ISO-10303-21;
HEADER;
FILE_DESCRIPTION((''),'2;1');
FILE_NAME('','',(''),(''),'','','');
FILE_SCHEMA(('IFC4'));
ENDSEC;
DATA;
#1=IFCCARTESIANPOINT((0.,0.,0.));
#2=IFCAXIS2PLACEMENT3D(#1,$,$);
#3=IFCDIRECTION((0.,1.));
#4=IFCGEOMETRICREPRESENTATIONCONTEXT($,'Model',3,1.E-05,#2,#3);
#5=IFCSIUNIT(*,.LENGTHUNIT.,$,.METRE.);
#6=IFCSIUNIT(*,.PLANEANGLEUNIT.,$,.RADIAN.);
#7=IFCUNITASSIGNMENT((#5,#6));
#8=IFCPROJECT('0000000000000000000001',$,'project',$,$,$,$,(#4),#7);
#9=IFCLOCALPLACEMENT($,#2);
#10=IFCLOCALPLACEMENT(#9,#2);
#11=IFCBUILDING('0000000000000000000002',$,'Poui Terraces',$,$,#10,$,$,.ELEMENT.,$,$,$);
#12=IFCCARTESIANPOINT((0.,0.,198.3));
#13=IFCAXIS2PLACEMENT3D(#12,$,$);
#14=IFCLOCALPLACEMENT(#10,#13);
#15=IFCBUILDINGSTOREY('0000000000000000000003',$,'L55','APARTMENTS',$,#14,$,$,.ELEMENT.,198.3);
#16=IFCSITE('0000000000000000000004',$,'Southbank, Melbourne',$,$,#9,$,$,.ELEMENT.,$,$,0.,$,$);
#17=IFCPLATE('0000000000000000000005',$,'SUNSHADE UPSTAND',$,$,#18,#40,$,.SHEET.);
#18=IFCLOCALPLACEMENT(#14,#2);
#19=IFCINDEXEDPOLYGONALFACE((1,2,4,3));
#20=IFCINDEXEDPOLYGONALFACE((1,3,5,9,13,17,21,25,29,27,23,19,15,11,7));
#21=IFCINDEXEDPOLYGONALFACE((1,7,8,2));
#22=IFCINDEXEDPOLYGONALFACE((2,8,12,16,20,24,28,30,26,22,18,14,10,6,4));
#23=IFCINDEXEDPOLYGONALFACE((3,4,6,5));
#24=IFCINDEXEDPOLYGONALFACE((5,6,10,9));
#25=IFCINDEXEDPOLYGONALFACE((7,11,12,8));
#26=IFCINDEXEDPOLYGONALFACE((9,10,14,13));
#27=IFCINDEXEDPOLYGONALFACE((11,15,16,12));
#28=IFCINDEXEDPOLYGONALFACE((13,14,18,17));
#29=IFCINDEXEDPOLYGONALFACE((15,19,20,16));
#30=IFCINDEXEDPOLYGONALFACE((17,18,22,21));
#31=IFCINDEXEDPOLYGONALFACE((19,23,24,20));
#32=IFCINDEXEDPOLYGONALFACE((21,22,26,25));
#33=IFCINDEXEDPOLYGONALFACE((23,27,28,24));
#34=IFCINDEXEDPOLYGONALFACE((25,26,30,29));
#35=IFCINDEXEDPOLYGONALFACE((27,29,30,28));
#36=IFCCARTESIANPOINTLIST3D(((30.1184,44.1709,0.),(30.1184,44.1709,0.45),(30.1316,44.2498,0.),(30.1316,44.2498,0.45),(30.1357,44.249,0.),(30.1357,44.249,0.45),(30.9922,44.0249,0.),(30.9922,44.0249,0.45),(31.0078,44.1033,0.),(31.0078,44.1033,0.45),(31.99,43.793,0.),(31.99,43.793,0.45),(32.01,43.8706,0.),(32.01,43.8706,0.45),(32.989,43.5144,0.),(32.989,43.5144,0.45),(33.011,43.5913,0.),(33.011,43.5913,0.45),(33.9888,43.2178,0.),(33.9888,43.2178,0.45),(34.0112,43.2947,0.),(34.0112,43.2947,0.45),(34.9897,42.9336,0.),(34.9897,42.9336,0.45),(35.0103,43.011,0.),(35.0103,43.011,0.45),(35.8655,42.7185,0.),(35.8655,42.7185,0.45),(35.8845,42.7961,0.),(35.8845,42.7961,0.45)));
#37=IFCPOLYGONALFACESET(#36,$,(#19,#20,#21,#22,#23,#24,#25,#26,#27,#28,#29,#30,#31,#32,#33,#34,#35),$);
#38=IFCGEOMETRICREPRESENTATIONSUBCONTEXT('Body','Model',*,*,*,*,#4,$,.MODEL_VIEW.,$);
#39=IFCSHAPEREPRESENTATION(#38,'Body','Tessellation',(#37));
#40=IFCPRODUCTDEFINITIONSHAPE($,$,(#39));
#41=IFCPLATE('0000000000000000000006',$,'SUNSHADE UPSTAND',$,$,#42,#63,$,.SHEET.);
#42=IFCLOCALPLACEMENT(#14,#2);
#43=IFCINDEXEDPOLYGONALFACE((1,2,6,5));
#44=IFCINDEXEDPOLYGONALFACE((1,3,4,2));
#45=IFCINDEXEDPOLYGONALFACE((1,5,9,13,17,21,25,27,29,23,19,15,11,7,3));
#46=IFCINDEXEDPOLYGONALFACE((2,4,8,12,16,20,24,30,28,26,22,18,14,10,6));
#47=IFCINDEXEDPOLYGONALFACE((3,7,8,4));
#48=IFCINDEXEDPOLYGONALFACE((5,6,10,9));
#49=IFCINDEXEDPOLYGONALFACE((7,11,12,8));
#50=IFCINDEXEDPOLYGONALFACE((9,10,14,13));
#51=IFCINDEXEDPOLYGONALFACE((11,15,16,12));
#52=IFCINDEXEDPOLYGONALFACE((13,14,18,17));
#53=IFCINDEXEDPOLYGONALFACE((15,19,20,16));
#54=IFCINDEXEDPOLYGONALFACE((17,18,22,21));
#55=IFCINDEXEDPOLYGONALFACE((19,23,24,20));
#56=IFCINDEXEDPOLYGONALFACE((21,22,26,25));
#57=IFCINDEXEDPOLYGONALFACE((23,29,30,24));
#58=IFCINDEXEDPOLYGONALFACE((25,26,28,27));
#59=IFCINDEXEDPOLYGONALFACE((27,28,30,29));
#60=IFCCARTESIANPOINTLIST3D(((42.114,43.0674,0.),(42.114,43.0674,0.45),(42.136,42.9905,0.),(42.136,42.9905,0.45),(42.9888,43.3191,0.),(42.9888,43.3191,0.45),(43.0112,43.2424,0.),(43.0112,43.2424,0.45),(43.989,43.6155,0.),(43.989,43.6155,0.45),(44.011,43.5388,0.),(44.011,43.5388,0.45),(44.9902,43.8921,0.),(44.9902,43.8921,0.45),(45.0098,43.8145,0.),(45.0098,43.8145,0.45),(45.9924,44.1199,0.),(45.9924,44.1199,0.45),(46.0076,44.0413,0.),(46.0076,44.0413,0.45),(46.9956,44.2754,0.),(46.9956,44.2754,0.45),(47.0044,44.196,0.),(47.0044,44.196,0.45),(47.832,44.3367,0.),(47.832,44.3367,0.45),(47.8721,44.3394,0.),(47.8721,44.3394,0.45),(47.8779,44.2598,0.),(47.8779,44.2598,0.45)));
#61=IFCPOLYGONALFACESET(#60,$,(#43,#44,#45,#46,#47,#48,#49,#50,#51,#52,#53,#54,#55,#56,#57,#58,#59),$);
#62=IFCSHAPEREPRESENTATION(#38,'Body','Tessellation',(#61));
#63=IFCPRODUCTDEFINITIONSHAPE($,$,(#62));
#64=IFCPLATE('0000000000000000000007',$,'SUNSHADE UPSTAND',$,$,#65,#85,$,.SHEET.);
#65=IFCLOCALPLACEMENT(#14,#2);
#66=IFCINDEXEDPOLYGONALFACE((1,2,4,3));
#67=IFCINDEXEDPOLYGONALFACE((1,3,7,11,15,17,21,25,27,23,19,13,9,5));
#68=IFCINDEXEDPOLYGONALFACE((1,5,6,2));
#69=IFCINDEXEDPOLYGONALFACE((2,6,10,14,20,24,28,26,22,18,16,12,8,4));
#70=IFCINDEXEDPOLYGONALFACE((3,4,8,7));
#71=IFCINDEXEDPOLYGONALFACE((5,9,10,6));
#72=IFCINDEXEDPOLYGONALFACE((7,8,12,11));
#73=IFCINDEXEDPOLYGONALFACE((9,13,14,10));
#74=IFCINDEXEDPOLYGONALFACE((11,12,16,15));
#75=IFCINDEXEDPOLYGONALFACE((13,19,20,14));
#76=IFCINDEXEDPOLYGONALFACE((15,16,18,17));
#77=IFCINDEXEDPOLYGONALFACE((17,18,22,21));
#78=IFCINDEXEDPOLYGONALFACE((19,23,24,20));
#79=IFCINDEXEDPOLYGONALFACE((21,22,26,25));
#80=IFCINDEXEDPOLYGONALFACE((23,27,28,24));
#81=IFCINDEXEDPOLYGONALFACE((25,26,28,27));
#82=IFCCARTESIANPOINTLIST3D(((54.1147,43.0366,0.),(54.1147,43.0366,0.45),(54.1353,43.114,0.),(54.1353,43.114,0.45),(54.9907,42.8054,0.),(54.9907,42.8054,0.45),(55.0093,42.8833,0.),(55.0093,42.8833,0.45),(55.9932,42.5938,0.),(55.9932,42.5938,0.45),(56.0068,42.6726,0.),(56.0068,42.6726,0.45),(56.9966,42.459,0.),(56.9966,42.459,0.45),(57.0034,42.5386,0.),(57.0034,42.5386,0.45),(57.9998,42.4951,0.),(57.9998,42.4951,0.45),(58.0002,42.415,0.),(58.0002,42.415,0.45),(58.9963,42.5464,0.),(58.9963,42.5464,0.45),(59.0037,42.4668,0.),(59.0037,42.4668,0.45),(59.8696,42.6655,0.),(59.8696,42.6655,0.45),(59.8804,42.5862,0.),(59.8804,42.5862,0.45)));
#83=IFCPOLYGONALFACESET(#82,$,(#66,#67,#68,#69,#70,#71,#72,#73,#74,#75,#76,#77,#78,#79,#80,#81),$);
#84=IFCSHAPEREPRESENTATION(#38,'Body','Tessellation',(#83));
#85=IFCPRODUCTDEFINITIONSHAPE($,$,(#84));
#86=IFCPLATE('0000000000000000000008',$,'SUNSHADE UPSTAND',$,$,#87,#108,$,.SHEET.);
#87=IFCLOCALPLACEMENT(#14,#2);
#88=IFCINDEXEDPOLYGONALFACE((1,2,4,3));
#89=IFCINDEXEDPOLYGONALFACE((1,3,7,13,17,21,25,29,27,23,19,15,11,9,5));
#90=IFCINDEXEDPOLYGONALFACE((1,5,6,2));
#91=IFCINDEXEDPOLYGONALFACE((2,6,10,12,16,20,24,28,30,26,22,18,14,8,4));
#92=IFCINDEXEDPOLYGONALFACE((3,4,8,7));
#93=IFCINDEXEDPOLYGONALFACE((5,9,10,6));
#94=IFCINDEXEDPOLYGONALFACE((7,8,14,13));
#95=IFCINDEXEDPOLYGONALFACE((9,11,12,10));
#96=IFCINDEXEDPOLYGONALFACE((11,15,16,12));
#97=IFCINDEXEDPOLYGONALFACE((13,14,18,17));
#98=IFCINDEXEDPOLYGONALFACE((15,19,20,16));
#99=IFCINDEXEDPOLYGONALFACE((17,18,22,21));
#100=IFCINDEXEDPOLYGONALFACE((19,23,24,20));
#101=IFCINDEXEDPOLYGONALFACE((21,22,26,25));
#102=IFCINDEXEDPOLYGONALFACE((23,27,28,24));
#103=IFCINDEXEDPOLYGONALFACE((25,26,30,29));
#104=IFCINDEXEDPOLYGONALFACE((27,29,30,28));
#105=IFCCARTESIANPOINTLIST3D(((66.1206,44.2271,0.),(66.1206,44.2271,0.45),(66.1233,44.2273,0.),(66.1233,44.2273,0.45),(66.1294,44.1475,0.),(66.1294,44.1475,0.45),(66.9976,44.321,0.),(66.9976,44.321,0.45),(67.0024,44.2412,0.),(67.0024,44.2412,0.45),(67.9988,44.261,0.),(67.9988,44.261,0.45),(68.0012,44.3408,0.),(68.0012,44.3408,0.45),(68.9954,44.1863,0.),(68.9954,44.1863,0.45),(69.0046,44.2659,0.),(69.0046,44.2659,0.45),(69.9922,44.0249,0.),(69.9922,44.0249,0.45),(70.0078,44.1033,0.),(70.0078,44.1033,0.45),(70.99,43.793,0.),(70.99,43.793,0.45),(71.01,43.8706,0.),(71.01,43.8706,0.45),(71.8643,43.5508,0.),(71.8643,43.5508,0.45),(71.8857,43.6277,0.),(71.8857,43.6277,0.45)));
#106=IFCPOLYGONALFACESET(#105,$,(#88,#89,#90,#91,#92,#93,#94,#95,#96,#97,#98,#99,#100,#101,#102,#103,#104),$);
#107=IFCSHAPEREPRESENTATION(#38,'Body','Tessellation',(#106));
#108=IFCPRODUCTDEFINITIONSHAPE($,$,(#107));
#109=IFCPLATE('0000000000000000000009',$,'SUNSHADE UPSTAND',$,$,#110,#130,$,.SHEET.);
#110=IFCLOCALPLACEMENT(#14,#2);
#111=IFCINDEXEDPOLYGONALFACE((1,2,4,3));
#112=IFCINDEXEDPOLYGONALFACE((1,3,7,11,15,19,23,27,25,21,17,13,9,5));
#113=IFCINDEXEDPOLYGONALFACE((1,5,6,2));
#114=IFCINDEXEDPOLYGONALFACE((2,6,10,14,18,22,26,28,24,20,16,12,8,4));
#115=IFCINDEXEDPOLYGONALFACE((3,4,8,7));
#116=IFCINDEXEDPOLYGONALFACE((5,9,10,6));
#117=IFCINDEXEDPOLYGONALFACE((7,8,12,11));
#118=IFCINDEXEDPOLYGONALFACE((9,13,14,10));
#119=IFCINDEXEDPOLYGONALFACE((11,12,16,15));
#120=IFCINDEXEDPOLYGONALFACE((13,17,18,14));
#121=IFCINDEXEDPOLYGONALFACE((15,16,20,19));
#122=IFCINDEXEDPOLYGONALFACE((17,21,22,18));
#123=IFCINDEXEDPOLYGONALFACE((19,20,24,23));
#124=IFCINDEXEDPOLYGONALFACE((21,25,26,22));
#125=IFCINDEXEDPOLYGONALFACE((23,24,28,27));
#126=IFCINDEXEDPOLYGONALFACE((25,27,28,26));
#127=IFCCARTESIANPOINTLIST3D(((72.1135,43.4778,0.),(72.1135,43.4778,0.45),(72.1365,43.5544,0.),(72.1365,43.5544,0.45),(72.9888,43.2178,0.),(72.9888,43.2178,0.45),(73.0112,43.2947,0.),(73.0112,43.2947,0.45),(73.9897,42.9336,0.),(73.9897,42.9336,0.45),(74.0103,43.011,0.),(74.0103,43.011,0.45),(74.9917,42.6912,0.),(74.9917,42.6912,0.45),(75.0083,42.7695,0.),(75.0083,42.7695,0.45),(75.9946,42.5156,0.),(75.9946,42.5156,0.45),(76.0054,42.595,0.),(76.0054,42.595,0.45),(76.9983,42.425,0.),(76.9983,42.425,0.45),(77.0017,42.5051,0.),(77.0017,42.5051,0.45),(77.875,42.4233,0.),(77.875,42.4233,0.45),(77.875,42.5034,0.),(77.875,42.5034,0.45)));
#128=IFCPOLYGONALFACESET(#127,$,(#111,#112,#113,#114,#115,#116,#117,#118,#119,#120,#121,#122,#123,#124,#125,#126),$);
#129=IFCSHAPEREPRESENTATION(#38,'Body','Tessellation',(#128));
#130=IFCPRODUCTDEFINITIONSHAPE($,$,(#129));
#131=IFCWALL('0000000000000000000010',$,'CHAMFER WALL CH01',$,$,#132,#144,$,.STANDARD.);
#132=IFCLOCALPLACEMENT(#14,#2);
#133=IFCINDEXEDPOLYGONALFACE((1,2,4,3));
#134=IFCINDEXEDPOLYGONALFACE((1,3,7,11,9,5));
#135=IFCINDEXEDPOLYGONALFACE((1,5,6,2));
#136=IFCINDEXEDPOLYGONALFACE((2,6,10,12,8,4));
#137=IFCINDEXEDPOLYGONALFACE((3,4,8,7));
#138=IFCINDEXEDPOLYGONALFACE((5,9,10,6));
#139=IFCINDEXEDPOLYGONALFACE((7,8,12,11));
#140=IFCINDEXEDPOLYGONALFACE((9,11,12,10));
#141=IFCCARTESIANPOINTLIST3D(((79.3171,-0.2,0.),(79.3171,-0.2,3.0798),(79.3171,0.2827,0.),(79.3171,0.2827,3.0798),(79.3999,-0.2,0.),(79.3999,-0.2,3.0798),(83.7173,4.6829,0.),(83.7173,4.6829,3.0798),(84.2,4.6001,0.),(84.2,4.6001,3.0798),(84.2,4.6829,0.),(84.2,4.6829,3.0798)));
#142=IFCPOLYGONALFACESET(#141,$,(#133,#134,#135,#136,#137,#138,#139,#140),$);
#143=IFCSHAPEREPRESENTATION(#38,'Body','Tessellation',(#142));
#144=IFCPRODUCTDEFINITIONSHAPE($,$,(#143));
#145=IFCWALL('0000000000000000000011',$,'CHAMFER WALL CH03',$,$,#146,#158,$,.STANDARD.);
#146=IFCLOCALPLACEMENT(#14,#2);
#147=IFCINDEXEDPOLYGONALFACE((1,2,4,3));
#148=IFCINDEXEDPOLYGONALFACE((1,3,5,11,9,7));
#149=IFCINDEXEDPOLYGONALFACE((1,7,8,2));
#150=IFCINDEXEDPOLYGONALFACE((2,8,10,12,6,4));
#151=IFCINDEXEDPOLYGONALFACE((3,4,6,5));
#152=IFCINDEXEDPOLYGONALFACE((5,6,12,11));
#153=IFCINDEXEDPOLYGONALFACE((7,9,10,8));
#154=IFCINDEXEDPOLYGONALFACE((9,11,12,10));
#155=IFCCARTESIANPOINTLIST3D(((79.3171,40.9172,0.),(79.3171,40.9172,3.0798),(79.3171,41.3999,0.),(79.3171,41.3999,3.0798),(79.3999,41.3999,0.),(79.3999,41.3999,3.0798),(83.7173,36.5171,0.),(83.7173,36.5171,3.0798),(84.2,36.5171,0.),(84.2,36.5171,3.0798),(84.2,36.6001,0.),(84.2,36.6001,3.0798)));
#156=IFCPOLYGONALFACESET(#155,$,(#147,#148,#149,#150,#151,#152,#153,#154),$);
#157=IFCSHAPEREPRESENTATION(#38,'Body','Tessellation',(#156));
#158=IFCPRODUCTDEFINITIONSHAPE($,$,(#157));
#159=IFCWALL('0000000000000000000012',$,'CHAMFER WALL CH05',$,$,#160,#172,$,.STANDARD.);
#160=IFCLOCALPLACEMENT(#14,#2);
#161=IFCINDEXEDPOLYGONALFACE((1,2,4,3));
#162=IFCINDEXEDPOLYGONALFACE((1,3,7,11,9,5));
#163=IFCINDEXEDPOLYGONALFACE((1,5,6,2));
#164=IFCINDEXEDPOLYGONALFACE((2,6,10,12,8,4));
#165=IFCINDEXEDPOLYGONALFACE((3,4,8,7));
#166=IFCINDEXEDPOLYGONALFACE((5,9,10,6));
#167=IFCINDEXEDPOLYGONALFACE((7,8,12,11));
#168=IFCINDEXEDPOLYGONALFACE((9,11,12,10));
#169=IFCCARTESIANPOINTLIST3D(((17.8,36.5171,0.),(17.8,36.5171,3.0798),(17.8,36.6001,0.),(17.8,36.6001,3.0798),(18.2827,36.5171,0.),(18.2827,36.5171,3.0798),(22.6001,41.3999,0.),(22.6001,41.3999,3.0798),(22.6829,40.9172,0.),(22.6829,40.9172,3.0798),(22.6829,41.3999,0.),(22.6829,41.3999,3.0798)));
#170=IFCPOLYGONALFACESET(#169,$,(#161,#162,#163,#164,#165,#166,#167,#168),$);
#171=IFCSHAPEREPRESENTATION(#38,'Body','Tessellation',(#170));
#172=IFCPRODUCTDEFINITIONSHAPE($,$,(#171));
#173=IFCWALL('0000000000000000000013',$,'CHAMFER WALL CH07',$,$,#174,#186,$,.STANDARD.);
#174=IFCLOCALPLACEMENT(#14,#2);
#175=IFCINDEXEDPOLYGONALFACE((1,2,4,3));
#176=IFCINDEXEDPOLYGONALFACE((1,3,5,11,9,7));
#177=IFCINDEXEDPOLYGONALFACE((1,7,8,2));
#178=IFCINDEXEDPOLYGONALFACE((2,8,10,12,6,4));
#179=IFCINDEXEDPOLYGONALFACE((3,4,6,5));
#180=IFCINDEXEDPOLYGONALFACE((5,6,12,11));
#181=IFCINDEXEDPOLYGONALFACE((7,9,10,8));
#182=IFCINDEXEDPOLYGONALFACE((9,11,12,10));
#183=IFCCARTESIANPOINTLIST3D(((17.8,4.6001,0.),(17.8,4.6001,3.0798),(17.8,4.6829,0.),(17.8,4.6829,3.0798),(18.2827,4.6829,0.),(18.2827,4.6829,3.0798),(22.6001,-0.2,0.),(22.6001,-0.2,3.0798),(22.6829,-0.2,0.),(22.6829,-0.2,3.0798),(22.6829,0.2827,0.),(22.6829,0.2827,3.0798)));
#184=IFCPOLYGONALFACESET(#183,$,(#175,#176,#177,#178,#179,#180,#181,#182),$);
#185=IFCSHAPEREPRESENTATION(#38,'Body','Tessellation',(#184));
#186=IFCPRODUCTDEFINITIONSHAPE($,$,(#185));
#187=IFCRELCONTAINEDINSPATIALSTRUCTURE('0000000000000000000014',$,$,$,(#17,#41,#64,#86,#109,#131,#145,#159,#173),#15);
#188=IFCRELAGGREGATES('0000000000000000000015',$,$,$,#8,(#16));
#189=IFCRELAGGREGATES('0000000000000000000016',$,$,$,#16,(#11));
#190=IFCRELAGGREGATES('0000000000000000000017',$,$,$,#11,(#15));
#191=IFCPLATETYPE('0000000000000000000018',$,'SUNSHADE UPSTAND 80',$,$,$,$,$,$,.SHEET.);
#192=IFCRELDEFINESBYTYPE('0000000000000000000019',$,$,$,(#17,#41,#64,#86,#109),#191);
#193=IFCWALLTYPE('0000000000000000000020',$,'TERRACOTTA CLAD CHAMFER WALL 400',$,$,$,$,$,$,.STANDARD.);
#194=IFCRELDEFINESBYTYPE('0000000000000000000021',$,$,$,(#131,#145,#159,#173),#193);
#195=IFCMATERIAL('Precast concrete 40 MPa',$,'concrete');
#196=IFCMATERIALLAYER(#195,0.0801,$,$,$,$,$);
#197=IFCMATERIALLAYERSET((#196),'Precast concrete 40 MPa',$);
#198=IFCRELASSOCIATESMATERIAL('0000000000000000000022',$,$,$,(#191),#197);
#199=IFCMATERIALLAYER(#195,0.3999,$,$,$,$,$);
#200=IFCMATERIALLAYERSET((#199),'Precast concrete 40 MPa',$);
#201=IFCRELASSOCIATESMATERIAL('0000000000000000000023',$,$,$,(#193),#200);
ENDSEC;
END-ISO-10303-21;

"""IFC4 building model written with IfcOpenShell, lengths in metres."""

from ifc_helpers import new_model, si_unit, direction, frame, origin, place, context, subcontext, project, spatial, polyline, outline, extrude, material, layer, layer_set, type_object, element, save


model = new_model("IFC4")

# Units and contexts
model_context = context("Model", 3, precision=1e-05, world=origin(), true_north=direction((0.0, 1.0)))
body_context = subcontext(model_context, "Body", "Model", "MODEL_VIEW")
ifc_project = project(units=[si_unit("LENGTHUNIT", "METRE"), si_unit("PLANEANGLEUNIT", "RADIAN")], contexts=[model_context])

# Site, building, storey
site_placement = place(None, origin())
site = spatial("IfcSite", under=ifc_project, at=site_placement, Name="Southbank, Melbourne", CompositionType="ELEMENT", RefElevation=0.0)
building_placement = place(site_placement, origin())
building = spatial("IfcBuilding", under=site, at=building_placement, Name="Poui Terraces", CompositionType="ELEMENT")
storey_placement = place(building_placement, frame((0.0, 0.0, 198.3)))
storey = spatial("IfcBuildingStorey", under=building, at=storey_placement, Name="L55", Description="APARTMENTS", CompositionType="ELEMENT", Elevation=198.3)

# Shared definitions
ifc_material_1 = material(Name="Precast concrete 40 MPa", Category="concrete")

# Plates
ifc_layer_1 = layer(ifc_material_1, 0.0801)
ifc_layer_set_1 = layer_set([ifc_layer_1], Name="Precast concrete 40 MPa")
plate_type = type_object("IfcPlateType", Name="SUNSHADE UPSTAND 80", PredefinedType="SHEET", material=ifc_layer_set_1)
plate_1_placement = place(storey_placement, origin())
element("IfcPlate", 1, at=plate_1_placement, inside=storey, type_object=plate_type, Name="SUNSHADE UPSTAND", PredefinedType="SHEET", context=body_context, shape_type="SweptSolid", body=[
    extrude(outline(polyline([(31.0078, 44.1033), (30.1357, 44.249), (30.1316, 44.2498), (30.1184, 44.1709), (30.9922, 44.0249), (31.99, 43.793), (32.989, 43.5144), (33.9888, 43.2178), (34.9897, 42.9336), (35.8655, 42.7185), (35.8845, 42.7961), (35.0103, 43.011), (34.0112, 43.2947), (33.011, 43.5913), (32.01, 43.8706), (31.0078, 44.1033)])), origin(), (0.0, 0.0, 1.0), 0.45),
])
plate_2_placement = place(storey_placement, origin())
element("IfcPlate", 2, at=plate_2_placement, inside=storey, type_object=plate_type, Name="SUNSHADE UPSTAND", PredefinedType="SHEET", context=body_context, shape_type="SweptSolid", body=[
    extrude(outline(polyline([(42.9888, 43.3191), (42.114, 43.0674), (42.136, 42.9905), (43.0112, 43.2424), (44.011, 43.5388), (45.0098, 43.8145), (46.0076, 44.0413), (47.0044, 44.196), (47.8779, 44.2598), (47.8721, 44.3394), (47.832, 44.3367), (46.9956, 44.2754), (45.9924, 44.1199), (44.9902, 43.8921), (43.989, 43.6155), (42.9888, 43.3191)])), origin(), (0.0, 0.0, 1.0), 0.45),
])
plate_3_placement = place(storey_placement, origin())
element("IfcPlate", 3, at=plate_3_placement, inside=storey, type_object=plate_type, Name="SUNSHADE UPSTAND", PredefinedType="SHEET", context=body_context, shape_type="SweptSolid", body=[
    extrude(outline(polyline([(55.0093, 42.8833), (54.1353, 43.114), (54.1147, 43.0366), (54.9907, 42.8054), (55.9932, 42.5938), (56.9966, 42.459), (58.0002, 42.415), (59.0037, 42.4668), (59.8804, 42.5862), (59.8696, 42.6655), (58.9963, 42.5464), (57.9998, 42.4951), (57.0034, 42.5386), (56.0068, 42.6726), (55.0093, 42.8833)])), origin(), (0.0, 0.0, 1.0), 0.45),
])
plate_4_placement = place(storey_placement, origin())
element("IfcPlate", 4, at=plate_4_placement, inside=storey, type_object=plate_type, Name="SUNSHADE UPSTAND", PredefinedType="SHEET", context=body_context, shape_type="SweptSolid", body=[
    extrude(outline(polyline([(66.9976, 44.321), (66.1233, 44.2273), (66.1206, 44.2271), (66.1294, 44.1475), (67.0024, 44.2412), (67.9988, 44.261), (68.9954, 44.1863), (69.9922, 44.0249), (70.99, 43.793), (71.8643, 43.5508), (71.8857, 43.6277), (71.01, 43.8706), (70.0078, 44.1033), (69.0046, 44.2659), (68.0012, 44.3408), (66.9976, 44.321)])), origin(), (0.0, 0.0, 1.0), 0.45),
])
plate_5_placement = place(storey_placement, origin())
element("IfcPlate", 5, at=plate_5_placement, inside=storey, type_object=plate_type, Name="SUNSHADE UPSTAND", PredefinedType="SHEET", context=body_context, shape_type="SweptSolid", body=[
    extrude(outline(polyline([(73.0112, 43.2947), (72.1365, 43.5544), (72.1135, 43.4778), (72.9888, 43.2178), (73.9897, 42.9336), (74.9917, 42.6912), (75.9946, 42.5156), (76.9983, 42.425), (77.875, 42.4233), (77.875, 42.5034), (77.0017, 42.5051), (76.0054, 42.595), (75.0083, 42.7695), (74.0103, 43.011), (73.0112, 43.2947)])), origin(), (0.0, 0.0, 1.0), 0.45),
])

# Walls
ifc_layer_2 = layer(ifc_material_1, 0.3999)
ifc_layer_set_2 = layer_set([ifc_layer_2], Name="Precast concrete 40 MPa")
wall_type = type_object("IfcWallType", Name="TERRACOTTA CLAD CHAMFER WALL 400", PredefinedType="STANDARD", material=ifc_layer_set_2)
wall_1_placement = place(storey_placement, origin())
element("IfcWall", 6, at=wall_1_placement, inside=storey, type_object=wall_type, Name="CHAMFER WALL CH01", PredefinedType="STANDARD", context=body_context, shape_type="SweptSolid", body=[
    extrude(outline(polyline([(79.3171, -0.2), (79.3999, -0.2), (84.2, 4.6001), (84.2, 4.6829), (83.7173, 4.6829), (79.3171, 0.2827), (79.3171, -0.2)])), origin(), (0.0, 0.0, 1.0), 3.0798),
])
wall_2_placement = place(storey_placement, origin())
element("IfcWall", 7, at=wall_2_placement, inside=storey, type_object=wall_type, Name="CHAMFER WALL CH03", PredefinedType="STANDARD", context=body_context, shape_type="SweptSolid", body=[
    extrude(outline(polyline([(84.2, 36.5171), (84.2, 36.6001), (79.3999, 41.3999), (79.3171, 41.3999), (79.3171, 40.9172), (83.7173, 36.5171), (84.2, 36.5171)])), origin(), (0.0, 0.0, 1.0), 3.0798),
])
wall_3_placement = place(storey_placement, origin())
element("IfcWall", 8, at=wall_3_placement, inside=storey, type_object=wall_type, Name="CHAMFER WALL CH05", PredefinedType="STANDARD", context=body_context, shape_type="SweptSolid", body=[
    extrude(outline(polyline([(22.6829, 41.3999), (22.6001, 41.3999), (17.8, 36.6001), (17.8, 36.5171), (18.2827, 36.5171), (22.6829, 40.9172), (22.6829, 41.3999)])), origin(), (0.0, 0.0, 1.0), 3.0798),
])
wall_4_placement = place(storey_placement, origin())
element("IfcWall", 9, at=wall_4_placement, inside=storey, type_object=wall_type, Name="CHAMFER WALL CH07", PredefinedType="STANDARD", context=body_context, shape_type="SweptSolid", body=[
    extrude(outline(polyline([(17.8, 4.6829), (17.8, 4.6001), (22.6001, -0.2), (22.6829, -0.2), (22.6829, 0.2827), (18.2827, 4.6829), (17.8, 4.6829)])), origin(), (0.0, 0.0, 1.0), 3.0798),
])

save(model, "model.ifc")
